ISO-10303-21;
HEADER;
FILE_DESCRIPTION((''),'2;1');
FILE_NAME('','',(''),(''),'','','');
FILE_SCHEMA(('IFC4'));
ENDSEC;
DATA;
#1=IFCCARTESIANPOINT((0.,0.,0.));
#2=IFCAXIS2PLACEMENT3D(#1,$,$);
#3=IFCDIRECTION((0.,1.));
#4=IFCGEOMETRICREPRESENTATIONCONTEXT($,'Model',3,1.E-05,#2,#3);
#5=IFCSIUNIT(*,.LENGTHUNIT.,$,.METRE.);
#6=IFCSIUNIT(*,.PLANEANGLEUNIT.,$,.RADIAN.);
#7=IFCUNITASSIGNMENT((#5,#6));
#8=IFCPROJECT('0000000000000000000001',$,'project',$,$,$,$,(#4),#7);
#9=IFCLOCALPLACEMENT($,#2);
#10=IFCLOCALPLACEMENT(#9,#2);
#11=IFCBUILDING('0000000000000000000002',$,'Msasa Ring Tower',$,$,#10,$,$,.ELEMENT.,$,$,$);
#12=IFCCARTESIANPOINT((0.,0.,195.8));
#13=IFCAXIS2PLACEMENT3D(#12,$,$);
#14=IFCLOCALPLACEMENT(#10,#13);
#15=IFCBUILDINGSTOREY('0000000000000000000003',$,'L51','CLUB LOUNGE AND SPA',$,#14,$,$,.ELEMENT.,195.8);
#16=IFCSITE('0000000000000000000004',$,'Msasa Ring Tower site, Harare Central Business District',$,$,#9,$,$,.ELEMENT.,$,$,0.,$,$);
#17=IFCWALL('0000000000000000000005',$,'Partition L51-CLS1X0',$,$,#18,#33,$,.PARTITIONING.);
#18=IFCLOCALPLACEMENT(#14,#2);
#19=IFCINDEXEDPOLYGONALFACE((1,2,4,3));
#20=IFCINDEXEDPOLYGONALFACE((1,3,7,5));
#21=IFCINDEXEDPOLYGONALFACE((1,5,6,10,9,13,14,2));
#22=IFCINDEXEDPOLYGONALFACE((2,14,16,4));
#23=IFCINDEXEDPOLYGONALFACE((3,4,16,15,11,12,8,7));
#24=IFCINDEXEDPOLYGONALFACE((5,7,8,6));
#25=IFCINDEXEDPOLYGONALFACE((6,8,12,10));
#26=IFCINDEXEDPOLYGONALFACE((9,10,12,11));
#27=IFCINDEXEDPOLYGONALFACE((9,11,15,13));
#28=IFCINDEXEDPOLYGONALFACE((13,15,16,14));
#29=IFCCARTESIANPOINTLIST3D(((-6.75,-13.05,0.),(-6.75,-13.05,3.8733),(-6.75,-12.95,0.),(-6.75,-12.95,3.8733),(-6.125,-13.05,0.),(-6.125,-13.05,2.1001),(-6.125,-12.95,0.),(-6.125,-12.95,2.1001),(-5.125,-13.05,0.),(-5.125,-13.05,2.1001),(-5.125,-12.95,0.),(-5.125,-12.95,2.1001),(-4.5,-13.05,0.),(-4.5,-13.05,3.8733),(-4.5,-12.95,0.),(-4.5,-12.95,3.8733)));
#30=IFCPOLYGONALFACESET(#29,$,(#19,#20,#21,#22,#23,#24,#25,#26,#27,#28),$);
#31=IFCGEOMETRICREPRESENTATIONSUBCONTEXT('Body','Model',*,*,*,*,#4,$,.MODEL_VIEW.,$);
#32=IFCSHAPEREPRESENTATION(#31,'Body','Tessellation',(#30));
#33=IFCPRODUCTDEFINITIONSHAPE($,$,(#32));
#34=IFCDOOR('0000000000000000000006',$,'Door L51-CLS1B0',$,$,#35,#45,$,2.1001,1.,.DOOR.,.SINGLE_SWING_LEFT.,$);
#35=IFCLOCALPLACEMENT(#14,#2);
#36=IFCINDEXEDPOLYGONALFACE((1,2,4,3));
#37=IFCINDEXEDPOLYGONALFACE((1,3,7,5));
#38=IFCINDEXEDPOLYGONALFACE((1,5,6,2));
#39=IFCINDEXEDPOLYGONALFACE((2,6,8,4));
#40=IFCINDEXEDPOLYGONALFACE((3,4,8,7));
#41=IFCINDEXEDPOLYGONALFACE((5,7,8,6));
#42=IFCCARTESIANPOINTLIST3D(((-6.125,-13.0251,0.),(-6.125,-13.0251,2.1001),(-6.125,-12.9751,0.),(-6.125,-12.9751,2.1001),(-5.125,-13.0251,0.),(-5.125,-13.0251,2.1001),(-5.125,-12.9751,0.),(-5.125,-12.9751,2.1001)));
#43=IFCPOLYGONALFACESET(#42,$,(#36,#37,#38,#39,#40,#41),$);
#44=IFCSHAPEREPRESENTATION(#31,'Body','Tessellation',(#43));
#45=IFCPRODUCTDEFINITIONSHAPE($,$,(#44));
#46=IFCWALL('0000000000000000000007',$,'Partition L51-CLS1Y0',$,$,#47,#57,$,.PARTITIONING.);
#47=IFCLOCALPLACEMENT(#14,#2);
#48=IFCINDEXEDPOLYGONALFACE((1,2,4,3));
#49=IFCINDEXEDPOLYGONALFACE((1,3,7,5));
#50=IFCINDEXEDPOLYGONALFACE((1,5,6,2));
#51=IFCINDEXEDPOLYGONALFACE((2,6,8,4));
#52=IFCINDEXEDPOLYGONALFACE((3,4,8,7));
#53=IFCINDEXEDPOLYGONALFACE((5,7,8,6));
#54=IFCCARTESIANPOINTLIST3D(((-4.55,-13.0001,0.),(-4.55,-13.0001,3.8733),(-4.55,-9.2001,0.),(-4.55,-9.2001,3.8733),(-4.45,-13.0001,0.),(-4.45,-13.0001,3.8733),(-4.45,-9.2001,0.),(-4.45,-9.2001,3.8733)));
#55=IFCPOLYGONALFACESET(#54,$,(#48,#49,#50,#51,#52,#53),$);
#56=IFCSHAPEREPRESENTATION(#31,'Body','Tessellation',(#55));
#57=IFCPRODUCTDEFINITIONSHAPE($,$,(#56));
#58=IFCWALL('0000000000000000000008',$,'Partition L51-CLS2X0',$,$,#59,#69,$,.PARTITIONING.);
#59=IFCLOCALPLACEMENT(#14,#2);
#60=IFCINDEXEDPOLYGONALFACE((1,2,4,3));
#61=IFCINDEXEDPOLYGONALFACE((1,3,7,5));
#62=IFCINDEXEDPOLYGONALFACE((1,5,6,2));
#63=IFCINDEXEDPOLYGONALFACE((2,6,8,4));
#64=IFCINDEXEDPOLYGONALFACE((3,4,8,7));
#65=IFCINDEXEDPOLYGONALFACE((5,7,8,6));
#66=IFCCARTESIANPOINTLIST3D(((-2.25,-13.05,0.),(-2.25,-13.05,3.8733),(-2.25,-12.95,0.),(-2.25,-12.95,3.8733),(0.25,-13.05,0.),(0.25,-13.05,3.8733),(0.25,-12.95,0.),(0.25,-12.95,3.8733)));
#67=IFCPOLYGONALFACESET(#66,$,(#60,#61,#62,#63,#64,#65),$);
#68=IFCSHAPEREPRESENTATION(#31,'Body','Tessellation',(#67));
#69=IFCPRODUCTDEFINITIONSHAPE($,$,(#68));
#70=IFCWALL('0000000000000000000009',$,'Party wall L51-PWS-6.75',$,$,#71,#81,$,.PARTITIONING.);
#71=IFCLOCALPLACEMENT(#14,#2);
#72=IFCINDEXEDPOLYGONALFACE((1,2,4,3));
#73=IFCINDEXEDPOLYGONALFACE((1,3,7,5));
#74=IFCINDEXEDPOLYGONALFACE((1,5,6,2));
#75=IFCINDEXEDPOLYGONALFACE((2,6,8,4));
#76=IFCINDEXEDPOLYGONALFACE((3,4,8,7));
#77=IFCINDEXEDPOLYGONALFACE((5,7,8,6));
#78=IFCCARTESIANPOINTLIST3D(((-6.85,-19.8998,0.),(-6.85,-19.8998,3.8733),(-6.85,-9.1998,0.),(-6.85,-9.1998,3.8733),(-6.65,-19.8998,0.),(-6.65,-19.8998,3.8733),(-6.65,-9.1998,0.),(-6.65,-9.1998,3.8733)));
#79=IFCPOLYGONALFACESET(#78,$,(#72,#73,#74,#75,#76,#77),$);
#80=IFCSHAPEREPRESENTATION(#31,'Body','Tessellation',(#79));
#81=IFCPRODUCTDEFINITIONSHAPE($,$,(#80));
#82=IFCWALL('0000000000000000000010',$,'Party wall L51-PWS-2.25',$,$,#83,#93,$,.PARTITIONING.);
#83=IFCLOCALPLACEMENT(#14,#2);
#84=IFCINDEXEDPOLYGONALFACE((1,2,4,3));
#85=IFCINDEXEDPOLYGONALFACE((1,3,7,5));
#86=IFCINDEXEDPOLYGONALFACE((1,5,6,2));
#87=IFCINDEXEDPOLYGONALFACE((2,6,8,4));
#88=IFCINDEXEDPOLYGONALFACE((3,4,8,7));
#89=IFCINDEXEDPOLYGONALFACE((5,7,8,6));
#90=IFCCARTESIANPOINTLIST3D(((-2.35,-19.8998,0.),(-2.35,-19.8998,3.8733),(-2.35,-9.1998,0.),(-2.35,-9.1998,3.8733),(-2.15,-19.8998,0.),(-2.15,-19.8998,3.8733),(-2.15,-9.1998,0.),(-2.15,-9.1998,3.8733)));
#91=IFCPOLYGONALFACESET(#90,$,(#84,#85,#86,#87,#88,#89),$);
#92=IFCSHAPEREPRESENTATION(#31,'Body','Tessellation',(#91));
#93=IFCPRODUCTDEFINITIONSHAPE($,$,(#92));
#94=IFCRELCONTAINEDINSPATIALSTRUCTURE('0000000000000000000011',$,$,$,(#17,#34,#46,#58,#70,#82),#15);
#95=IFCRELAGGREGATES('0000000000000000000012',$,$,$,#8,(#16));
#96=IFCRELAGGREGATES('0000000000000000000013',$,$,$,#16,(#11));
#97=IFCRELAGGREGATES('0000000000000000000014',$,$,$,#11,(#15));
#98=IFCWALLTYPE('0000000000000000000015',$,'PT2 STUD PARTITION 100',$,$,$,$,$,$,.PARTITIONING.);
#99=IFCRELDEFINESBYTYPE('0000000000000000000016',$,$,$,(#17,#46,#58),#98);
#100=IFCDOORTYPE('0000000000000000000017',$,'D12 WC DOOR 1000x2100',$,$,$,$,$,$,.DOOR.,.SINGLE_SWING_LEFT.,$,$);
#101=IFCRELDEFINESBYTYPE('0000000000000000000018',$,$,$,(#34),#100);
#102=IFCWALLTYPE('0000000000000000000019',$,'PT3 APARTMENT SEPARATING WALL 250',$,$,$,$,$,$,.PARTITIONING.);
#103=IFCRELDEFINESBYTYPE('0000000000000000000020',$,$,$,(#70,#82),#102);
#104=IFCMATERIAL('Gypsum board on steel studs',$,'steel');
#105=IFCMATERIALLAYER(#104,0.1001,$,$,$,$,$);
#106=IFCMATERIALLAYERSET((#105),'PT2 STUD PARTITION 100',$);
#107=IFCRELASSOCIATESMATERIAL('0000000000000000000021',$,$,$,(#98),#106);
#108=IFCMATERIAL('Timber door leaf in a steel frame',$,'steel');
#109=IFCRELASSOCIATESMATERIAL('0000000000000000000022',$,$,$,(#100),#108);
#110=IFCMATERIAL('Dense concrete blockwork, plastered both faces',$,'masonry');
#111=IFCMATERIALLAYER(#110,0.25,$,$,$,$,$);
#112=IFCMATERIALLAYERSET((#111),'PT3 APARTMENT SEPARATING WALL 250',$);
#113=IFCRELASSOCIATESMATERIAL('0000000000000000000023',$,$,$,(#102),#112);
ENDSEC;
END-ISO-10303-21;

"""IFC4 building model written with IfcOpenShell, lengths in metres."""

from ifc_helpers import new_model, si_unit, direction, frame, frame_2d, origin, place, context, subcontext, project, spatial, rectangle, extrude, material, layer, layer_set, type_object, element, fill, save


model = new_model("IFC4")

# Units and contexts
model_context = context("Model", 3, precision=1e-05, world=origin(), true_north=direction((0.0, 1.0)))
body_context = subcontext(model_context, "Body", "Model", "MODEL_VIEW")
ifc_project = project(units=[si_unit("LENGTHUNIT", "METRE"), si_unit("PLANEANGLEUNIT", "RADIAN")], contexts=[model_context])

# Site, building, storey
site_placement = place(None, origin())
site = spatial("IfcSite", under=ifc_project, at=site_placement, Name="Msasa Ring Tower site, Harare Central Business District", CompositionType="ELEMENT", RefElevation=0.0)
building_placement = place(site_placement, origin())
building = spatial("IfcBuilding", under=site, at=building_placement, Name="Msasa Ring Tower", CompositionType="ELEMENT")
storey_placement = place(building_placement, frame((0.0, 0.0, 195.8)))
storey = spatial("IfcBuildingStorey", under=building, at=storey_placement, Name="L51", Description="CLUB LOUNGE AND SPA", CompositionType="ELEMENT", Elevation=195.8)

# Shared definitions
ifc_material_1 = material(Name="Gypsum board on steel studs", Category="steel")
ifc_layer_1 = layer(ifc_material_1, 0.1001)
ifc_layer_set_1 = layer_set([ifc_layer_1], Name="PT2 STUD PARTITION 100")
wall_type_1 = type_object("IfcWallType", Name="PT2 STUD PARTITION 100", PredefinedType="PARTITIONING", material=ifc_layer_set_1)

# Wall, opening, door
wall_1_placement = place(storey_placement, frame((-6.75, -13.0, 0.0), z_axis=(0.0, 0.0, 1.0), x_axis=(1.0, 0.0, 0.0)))
wall_1 = element("IfcWall", 1, at=wall_1_placement, inside=storey, type_object=wall_type_1, Name="Partition L51-CLS1X0", PredefinedType="PARTITIONING", context=body_context, shape_type="SweptSolid", body=[
    extrude(rectangle(XDim=2.25, YDim=0.1001, at=frame_2d((1.125, 0.0))), origin(), (0.0, 0.0, 1.0), 3.8733),
])
opening_placement = place(wall_1_placement, frame((0.625, 0.0, 0.0)))
opening = element("IfcOpeningElement", 2, at=opening_placement, cuts=wall_1, PredefinedType="OPENING", context=body_context, shape_type="SweptSolid", body=[
    extrude(rectangle(XDim=1.0, YDim=2.1001, at=frame_2d((0.5, 1.05))), frame((0.0, 0.0601, 0.0), z_axis=(0.0, -1.0, 0.0), x_axis=(1.0, 0.0, 0.0)), (0.0, 0.0, 1.0), 0.1201),
])
ifc_material_2 = material(Name="Timber door leaf in a steel frame", Category="steel")
door_type = type_object("IfcDoorType", Name="D12 WC DOOR 1000x2100", OperationType="SINGLE_SWING_LEFT", PredefinedType="DOOR", material=ifc_material_2)
door_placement = place(opening_placement, origin())
door = element("IfcDoor", 3, at=door_placement, inside=storey, type_object=door_type, Name="Door L51-CLS1B0", OperationType="SINGLE_SWING_LEFT", OverallHeight=2.1001, OverallWidth=1.0, PredefinedType="DOOR", context=body_context, shape_type="SweptSolid", body=[
    extrude(rectangle(XDim=1.0, YDim=2.1001, at=frame_2d((0.5, 1.05))), frame((0.0, 0.0249, 0.0), z_axis=(0.0, -1.0, 0.0), x_axis=(1.0, 0.0, 0.0)), (0.0, 0.0, 1.0), 0.05),
])
fill(opening, door)

# Walls
wall_2_placement = place(storey_placement, frame((-4.5, -13.0, 0.0), z_axis=(0.0, 0.0, 1.0), x_axis=(0.0, 1.0, 0.0)))
element("IfcWall", 4, at=wall_2_placement, inside=storey, type_object=wall_type_1, Name="Partition L51-CLS1Y0", PredefinedType="PARTITIONING", context=body_context, shape_type="SweptSolid", body=[
    extrude(rectangle(XDim=3.8, YDim=0.1001, at=frame_2d((1.8999, 0.0))), origin(), (0.0, 0.0, 1.0), 3.8733),
])
wall_3_placement = place(storey_placement, frame((-2.25, -13.0, 0.0), z_axis=(0.0, 0.0, 1.0), x_axis=(1.0, 0.0, 0.0)))
element("IfcWall", 5, at=wall_3_placement, inside=storey, type_object=wall_type_1, Name="Partition L51-CLS2X0", PredefinedType="PARTITIONING", context=body_context, shape_type="SweptSolid", body=[
    extrude(rectangle(XDim=2.5, YDim=0.1001, at=frame_2d((1.25, 0.0))), origin(), (0.0, 0.0, 1.0), 3.8733),
])
ifc_material_3 = material(Name="Dense concrete blockwork, plastered both faces", Category="masonry")
ifc_layer_2 = layer(ifc_material_3, 0.25)
ifc_layer_set_2 = layer_set([ifc_layer_2], Name="PT3 APARTMENT SEPARATING WALL 250")
wall_type_2 = type_object("IfcWallType", Name="PT3 APARTMENT SEPARATING WALL 250", PredefinedType="PARTITIONING", material=ifc_layer_set_2)
for number, where, z_axis, x_axis, name in (
    (6, (-6.75, -19.8999, 0.0), (0.0, 0.0, 1.0), (0.0, 1.0, 0.0), "Party wall L51-PWS-6.75"),
    (7, (-2.25, -19.8999, 0.0), (0.0, 0.0, 1.0), (0.0, 1.0, 0.0), "Party wall L51-PWS-2.25"),
):
    element("IfcWall", number, at=place(storey_placement, frame(where, z_axis=z_axis, x_axis=x_axis)), inside=storey, type_object=wall_type_2, Name=name, PredefinedType="PARTITIONING", context=body_context, shape_type="SweptSolid", body=[
        extrude(rectangle(XDim=10.7, YDim=0.2, at=frame_2d((5.3501, 0.0))), origin(), (0.0, 0.0, 1.0), 3.8733),
    ])

save(model, "model.ifc")
